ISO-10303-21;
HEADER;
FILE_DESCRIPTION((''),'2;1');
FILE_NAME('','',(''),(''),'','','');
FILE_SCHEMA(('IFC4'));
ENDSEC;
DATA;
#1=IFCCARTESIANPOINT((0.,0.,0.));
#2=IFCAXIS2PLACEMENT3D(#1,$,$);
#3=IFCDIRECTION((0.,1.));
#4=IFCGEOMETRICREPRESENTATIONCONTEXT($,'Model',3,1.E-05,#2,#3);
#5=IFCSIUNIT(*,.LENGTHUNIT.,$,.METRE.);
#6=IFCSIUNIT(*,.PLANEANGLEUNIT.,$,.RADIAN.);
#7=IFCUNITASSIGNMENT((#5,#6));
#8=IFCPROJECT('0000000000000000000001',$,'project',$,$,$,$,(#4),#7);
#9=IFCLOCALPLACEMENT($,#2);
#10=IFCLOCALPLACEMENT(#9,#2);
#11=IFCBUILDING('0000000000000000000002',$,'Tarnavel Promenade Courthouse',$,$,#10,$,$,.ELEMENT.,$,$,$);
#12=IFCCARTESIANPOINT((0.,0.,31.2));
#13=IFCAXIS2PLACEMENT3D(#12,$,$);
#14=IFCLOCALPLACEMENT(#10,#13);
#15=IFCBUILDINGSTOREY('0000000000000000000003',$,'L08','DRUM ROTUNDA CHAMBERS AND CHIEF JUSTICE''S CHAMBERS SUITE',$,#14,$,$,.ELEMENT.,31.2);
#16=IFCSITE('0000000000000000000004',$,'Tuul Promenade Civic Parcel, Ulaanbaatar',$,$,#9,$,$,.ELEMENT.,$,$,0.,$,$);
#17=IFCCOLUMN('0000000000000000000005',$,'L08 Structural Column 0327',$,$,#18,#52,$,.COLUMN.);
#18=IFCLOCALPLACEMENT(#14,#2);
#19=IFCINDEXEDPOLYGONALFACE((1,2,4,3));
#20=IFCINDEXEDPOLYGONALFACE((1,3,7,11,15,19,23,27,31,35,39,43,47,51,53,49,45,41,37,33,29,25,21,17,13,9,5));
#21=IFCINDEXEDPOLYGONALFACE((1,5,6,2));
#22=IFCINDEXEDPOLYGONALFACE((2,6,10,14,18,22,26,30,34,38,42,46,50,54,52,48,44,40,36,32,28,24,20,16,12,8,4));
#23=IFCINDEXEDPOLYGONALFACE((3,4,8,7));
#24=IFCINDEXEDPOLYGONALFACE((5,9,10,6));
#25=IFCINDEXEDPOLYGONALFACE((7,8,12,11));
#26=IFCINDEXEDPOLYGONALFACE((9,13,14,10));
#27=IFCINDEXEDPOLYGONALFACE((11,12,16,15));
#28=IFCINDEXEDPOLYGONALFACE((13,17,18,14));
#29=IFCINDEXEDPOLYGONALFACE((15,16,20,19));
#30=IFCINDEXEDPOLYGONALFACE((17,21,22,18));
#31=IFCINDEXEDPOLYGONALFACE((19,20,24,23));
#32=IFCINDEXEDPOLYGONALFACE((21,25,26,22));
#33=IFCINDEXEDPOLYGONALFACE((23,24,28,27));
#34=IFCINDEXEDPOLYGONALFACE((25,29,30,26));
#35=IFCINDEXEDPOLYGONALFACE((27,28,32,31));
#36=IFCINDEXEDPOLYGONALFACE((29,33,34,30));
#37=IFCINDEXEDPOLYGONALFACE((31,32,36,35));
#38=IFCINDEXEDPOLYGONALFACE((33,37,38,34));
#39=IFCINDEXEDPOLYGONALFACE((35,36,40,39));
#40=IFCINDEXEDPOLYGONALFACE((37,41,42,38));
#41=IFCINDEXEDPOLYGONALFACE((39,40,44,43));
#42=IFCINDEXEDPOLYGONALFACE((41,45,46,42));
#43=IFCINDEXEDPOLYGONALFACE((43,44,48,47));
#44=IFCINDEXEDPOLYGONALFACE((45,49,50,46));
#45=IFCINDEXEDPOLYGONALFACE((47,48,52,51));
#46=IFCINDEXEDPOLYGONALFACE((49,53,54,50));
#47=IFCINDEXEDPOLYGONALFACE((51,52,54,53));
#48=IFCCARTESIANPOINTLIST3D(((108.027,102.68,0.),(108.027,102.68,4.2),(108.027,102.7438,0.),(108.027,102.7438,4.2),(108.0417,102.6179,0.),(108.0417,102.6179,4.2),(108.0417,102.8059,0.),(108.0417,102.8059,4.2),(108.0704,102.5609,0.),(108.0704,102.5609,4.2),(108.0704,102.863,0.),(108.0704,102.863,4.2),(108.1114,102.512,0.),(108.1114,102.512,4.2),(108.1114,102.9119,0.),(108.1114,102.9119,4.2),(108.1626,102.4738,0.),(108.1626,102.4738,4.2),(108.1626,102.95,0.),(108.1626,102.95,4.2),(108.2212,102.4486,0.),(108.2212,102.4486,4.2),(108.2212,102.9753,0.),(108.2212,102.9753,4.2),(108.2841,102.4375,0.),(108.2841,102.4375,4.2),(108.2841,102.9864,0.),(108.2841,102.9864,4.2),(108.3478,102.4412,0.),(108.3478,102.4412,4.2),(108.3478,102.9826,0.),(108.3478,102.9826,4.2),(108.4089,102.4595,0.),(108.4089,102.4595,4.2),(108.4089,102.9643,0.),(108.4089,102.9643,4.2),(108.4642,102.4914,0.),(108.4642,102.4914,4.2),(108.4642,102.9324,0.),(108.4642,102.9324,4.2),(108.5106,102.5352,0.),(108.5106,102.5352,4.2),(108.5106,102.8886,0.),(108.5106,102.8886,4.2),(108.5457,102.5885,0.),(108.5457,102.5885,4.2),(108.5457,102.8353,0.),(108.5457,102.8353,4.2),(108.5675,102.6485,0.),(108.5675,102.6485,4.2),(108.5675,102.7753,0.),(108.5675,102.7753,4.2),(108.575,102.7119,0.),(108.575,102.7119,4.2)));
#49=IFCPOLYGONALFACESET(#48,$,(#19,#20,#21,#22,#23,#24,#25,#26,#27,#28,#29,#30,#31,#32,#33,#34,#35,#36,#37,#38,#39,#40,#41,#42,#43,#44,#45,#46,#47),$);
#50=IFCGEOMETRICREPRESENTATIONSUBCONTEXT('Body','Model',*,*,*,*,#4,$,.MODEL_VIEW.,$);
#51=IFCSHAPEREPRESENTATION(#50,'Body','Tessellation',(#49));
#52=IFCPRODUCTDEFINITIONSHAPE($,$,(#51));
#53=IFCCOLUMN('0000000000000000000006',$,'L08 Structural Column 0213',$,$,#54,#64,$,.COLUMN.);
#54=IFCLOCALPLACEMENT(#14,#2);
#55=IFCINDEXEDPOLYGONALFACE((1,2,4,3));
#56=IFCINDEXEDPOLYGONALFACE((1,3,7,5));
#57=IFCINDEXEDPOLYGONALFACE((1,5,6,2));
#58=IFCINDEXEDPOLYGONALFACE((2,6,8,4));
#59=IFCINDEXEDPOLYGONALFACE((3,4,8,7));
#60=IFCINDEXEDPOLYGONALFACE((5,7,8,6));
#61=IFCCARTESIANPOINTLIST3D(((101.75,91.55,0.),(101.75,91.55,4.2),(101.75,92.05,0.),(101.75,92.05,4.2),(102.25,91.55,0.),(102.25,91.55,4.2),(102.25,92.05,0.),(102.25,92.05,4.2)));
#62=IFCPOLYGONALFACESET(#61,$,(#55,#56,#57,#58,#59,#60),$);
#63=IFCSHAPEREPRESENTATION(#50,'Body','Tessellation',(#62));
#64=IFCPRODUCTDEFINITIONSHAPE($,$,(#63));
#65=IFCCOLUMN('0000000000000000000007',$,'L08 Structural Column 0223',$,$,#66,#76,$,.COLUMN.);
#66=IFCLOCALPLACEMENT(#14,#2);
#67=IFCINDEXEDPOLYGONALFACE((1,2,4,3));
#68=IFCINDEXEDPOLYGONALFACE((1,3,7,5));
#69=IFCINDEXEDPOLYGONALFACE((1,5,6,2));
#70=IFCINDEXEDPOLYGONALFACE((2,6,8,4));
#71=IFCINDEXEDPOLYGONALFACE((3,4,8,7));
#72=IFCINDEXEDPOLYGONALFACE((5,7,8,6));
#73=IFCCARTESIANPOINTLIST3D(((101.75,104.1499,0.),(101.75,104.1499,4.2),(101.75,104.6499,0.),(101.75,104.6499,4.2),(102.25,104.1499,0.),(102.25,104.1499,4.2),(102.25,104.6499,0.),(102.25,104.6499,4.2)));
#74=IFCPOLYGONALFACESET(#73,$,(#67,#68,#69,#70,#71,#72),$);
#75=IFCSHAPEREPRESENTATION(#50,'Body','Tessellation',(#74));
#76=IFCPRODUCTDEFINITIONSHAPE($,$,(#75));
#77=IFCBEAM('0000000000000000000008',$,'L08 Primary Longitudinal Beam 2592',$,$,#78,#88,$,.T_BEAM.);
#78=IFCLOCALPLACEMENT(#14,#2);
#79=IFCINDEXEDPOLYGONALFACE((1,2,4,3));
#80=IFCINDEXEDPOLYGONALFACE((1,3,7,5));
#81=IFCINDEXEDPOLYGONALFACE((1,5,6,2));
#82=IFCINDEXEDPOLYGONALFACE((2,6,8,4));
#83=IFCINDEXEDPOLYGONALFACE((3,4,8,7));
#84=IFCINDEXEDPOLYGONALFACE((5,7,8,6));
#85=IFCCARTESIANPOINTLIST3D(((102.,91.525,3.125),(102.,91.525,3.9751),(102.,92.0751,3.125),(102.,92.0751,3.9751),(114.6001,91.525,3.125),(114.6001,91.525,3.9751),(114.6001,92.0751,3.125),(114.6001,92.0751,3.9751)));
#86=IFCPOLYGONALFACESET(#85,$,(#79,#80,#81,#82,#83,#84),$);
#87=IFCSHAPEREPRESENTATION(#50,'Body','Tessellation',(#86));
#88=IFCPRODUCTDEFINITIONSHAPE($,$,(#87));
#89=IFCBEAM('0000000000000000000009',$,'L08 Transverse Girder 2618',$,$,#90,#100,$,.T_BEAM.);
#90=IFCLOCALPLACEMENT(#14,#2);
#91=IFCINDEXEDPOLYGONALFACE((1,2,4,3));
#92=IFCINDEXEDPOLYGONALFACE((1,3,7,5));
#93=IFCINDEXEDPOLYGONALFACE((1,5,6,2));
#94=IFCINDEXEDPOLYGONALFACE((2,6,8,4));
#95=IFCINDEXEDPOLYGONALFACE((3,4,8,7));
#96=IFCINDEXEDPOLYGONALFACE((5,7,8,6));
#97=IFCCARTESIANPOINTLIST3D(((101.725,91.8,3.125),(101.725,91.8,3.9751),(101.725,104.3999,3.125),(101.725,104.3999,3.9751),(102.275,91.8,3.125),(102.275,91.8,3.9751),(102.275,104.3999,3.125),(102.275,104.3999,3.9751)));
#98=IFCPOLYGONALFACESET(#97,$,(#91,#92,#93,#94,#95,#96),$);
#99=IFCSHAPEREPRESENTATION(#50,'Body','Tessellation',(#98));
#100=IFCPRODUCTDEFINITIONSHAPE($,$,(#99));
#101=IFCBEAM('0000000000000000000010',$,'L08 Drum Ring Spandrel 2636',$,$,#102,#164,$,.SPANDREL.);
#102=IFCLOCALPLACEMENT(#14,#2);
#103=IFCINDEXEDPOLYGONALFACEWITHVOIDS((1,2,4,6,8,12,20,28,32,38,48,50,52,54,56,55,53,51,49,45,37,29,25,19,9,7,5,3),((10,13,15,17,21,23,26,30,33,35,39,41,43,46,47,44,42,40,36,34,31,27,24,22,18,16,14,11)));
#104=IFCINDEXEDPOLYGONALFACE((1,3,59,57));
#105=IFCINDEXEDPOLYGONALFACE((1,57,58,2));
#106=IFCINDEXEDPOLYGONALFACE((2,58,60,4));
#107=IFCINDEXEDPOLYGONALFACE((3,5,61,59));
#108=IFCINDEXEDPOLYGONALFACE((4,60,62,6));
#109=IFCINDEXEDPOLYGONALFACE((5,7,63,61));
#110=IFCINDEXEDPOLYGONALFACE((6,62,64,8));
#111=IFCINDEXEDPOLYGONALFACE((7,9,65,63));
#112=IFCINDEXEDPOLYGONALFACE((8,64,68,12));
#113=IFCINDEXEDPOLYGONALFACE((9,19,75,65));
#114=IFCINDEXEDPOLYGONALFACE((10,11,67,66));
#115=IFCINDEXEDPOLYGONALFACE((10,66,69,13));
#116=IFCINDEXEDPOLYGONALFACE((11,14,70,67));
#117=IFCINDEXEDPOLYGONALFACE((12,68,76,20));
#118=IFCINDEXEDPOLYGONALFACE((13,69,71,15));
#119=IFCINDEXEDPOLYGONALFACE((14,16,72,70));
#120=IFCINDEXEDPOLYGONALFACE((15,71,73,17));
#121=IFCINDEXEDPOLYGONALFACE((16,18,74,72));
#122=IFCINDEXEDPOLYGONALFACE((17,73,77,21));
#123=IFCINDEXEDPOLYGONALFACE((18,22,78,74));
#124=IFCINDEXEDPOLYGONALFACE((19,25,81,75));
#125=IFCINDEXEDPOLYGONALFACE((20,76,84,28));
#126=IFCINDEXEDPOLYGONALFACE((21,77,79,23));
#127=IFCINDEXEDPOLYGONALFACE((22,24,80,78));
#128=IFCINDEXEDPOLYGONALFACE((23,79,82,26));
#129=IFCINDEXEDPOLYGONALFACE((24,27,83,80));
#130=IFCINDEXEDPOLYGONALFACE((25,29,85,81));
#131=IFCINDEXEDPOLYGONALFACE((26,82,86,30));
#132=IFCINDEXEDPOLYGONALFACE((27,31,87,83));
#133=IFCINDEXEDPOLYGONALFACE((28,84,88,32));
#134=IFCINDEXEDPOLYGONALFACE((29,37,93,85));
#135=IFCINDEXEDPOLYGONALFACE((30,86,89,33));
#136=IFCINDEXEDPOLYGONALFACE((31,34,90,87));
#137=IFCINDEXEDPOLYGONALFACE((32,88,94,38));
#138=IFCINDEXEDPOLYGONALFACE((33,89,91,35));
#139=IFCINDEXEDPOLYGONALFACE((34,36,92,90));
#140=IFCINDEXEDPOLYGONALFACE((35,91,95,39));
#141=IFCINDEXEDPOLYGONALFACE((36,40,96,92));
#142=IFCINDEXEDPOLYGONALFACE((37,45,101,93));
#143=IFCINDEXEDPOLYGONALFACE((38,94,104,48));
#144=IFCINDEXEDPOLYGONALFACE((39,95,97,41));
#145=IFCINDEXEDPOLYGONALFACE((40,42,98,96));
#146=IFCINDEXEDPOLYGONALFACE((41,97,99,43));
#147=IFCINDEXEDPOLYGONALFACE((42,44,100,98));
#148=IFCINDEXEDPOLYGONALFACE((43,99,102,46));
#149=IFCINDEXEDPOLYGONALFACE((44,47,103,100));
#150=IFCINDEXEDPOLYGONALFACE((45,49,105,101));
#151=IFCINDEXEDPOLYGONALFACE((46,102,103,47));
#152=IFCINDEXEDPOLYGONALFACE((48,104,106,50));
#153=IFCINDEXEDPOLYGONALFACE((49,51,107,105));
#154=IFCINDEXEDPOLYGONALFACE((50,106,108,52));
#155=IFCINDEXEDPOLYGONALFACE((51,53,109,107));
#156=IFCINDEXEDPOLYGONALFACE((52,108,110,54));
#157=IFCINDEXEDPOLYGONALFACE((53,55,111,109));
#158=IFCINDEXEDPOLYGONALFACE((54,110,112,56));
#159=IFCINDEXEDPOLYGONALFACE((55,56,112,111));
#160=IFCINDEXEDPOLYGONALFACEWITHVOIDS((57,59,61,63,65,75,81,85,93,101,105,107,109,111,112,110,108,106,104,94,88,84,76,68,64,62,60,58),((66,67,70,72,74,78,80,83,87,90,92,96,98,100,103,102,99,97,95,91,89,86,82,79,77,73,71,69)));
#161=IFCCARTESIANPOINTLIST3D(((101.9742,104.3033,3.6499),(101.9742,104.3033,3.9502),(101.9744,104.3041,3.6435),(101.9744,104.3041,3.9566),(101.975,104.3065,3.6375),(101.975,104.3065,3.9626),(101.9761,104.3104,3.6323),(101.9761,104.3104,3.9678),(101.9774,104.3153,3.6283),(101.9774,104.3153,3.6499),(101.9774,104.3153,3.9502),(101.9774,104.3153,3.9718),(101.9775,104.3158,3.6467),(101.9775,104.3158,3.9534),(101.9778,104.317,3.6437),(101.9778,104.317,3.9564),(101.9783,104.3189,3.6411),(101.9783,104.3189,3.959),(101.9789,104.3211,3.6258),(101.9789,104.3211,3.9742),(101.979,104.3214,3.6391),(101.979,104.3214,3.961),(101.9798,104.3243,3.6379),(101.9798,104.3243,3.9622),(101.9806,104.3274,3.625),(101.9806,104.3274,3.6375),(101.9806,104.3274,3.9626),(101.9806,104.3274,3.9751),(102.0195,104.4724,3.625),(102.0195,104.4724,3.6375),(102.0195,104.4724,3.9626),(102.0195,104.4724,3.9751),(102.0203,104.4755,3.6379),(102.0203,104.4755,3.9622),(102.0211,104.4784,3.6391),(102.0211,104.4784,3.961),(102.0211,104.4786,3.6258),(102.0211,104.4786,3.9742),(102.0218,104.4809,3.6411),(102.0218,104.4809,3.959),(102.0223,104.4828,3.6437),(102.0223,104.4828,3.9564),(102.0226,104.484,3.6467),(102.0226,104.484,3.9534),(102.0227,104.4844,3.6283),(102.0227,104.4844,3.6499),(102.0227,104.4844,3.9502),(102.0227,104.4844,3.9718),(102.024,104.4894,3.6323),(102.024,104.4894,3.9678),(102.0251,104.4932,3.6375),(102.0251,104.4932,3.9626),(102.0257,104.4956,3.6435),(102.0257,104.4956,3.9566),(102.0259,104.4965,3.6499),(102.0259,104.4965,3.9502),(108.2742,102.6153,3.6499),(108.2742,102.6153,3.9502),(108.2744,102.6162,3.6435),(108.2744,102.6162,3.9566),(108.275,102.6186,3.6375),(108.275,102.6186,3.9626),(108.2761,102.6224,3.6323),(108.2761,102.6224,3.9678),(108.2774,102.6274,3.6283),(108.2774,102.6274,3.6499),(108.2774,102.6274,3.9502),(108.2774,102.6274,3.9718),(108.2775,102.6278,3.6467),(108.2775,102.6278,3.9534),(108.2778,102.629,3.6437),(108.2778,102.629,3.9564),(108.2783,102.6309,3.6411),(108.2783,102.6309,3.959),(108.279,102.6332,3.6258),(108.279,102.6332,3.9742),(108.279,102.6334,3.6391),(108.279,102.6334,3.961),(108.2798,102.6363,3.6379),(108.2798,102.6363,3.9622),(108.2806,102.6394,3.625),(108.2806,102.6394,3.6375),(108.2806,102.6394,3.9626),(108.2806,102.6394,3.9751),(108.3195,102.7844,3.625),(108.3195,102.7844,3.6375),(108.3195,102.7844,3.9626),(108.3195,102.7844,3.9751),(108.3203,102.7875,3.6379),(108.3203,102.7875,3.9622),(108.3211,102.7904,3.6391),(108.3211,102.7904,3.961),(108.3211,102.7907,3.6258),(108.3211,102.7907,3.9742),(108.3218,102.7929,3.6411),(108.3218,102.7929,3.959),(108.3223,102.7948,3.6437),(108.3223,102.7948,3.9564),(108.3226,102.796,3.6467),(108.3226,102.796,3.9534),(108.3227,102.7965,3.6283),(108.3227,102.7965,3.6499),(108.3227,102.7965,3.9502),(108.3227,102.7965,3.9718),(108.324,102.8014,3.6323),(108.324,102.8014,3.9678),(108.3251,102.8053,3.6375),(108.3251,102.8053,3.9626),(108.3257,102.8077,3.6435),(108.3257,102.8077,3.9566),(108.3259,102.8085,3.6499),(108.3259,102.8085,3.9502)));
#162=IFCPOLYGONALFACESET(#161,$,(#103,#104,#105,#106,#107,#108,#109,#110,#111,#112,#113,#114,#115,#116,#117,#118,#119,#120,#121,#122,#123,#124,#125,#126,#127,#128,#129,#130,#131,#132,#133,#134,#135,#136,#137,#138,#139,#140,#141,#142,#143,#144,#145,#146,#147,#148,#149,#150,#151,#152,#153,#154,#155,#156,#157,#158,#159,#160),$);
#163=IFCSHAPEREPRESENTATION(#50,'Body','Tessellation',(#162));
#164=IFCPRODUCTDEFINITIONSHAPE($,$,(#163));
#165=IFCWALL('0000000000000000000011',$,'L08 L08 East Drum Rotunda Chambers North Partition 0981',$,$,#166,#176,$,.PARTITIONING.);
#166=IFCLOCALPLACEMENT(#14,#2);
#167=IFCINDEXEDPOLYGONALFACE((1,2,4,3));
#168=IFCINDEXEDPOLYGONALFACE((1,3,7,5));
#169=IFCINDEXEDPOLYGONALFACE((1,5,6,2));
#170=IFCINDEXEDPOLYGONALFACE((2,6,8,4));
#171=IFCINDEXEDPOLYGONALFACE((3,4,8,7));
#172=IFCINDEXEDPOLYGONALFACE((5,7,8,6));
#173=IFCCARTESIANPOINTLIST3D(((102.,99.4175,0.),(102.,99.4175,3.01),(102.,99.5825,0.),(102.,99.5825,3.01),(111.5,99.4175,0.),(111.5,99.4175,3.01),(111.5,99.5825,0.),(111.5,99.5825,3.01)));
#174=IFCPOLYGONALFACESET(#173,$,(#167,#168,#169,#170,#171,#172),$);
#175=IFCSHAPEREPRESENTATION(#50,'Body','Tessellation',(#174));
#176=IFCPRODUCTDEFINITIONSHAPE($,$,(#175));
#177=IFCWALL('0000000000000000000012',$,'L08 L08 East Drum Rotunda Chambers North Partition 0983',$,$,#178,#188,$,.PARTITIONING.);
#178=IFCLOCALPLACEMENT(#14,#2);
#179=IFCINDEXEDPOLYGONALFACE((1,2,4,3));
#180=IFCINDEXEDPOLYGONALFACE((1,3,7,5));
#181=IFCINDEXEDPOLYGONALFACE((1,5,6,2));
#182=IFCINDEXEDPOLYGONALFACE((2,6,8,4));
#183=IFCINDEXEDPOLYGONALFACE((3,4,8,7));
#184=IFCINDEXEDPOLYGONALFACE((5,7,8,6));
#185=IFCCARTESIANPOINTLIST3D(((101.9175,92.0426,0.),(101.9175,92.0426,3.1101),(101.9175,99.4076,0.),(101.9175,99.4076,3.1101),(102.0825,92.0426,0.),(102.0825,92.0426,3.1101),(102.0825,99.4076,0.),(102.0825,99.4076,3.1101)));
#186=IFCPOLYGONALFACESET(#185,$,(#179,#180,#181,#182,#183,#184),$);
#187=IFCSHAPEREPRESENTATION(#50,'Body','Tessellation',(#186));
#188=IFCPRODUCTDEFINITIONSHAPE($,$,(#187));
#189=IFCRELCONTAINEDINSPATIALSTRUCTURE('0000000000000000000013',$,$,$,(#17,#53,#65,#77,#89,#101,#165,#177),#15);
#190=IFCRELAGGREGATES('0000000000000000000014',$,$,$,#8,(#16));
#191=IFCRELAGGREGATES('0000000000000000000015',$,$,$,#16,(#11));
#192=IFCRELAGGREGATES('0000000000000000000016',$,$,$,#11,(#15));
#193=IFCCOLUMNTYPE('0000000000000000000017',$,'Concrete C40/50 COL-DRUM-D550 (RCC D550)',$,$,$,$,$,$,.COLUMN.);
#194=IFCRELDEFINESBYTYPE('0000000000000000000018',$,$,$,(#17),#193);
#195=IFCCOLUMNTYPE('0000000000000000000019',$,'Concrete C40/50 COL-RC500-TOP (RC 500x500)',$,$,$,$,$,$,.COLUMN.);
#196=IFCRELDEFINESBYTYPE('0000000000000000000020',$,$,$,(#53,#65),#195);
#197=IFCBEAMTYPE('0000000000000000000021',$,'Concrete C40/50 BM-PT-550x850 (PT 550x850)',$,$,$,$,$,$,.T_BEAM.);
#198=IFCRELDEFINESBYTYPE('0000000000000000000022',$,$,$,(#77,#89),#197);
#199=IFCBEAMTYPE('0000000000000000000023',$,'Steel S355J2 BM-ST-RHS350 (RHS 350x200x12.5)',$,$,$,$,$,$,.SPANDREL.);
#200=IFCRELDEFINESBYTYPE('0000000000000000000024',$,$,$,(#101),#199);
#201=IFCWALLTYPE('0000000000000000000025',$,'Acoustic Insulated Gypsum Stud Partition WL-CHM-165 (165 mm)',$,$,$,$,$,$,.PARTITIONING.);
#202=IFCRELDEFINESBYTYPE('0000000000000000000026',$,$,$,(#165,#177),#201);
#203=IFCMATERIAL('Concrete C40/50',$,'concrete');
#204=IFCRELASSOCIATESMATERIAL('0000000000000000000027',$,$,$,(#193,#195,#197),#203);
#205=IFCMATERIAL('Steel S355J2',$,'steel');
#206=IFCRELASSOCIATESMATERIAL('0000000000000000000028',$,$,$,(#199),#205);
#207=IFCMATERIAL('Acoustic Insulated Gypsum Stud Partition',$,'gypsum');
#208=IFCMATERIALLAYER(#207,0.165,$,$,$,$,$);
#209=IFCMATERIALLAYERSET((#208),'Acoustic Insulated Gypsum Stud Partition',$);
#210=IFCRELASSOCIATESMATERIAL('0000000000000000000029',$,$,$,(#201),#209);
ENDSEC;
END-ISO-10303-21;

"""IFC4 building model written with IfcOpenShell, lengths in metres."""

from ifc_helpers import new_model, si_unit, direction, frame, frame_2d, origin, origin_2d, place, context, subcontext, project, spatial, rectangle, hollow_rectangle, circle, extrude, material, layer, layer_set, material_profile, profile_set, type_object, element, save


model = new_model("IFC4")

# Units and contexts
model_context = context("Model", 3, precision=1e-05, world=origin(), true_north=direction((0.0, 1.0)))
body_context = subcontext(model_context, "Body", "Model", "MODEL_VIEW")
ifc_project = project(units=[si_unit("LENGTHUNIT", "METRE"), si_unit("PLANEANGLEUNIT", "RADIAN")], contexts=[model_context])

# Site, building, storey
site_placement = place(None, origin())
site = spatial("IfcSite", under=ifc_project, at=site_placement, Name="Tuul Promenade Civic Parcel, Ulaanbaatar", CompositionType="ELEMENT", RefElevation=0.0)
building_placement = place(site_placement, origin())
building = spatial("IfcBuilding", under=site, at=building_placement, Name="Tarnavel Promenade Courthouse", CompositionType="ELEMENT")
storey_placement = place(building_placement, frame((0.0, 0.0, 31.2)))
storey = spatial("IfcBuildingStorey", under=building, at=storey_placement, Name="L08", Description="DRUM ROTUNDA CHAMBERS AND CHIEF JUSTICE'S CHAMBERS SUITE", CompositionType="ELEMENT", Elevation=31.2)

# Columns
ifc_material_1 = material(Name="Concrete C40/50", Category="concrete")
ifc_material_profile_1 = material_profile(ifc_material_1, circle(Radius=0.2749, at=origin_2d()), Name="RCC D550")
ifc_profile_set_1 = profile_set([ifc_material_profile_1], Name="Concrete C40/50")
column_type_1 = type_object("IfcColumnType", Name="Concrete C40/50 COL-DRUM-D550 (RCC D550)", PredefinedType="COLUMN", material=ifc_profile_set_1)
column_placement = place(storey_placement, frame((108.3, 102.7119, 0.0), z_axis=(0.0, 0.0, 1.0), x_axis=(1.0, 0.0, 0.0)))
element("IfcColumn", 1, at=column_placement, inside=storey, type_object=column_type_1, Name="L08 Structural Column 0327", PredefinedType="COLUMN", context=body_context, shape_type="SweptSolid", body=[
    extrude(circle(Radius=0.2749, at=origin_2d()), origin(), (0.0, 0.0, 1.0), 4.2),
])
ifc_material_profile_2 = material_profile(ifc_material_1, rectangle(XDim=0.5, YDim=0.5, at=origin_2d()), Name="RC 500x500")
ifc_profile_set_2 = profile_set([ifc_material_profile_2], Name="Concrete C40/50")
column_type_2 = type_object("IfcColumnType", Name="Concrete C40/50 COL-RC500-TOP (RC 500x500)", PredefinedType="COLUMN", material=ifc_profile_set_2)
for number, where, z_axis, x_axis, name in (
    (2, (102.0, 91.8, 0.0), (0.0, 0.0, 1.0), (1.0, 0.0, 0.0), "L08 Structural Column 0213"),
    (3, (102.0, 104.3999, 0.0), (0.0, 0.0, 1.0), (1.0, 0.0, 0.0), "L08 Structural Column 0223"),
):
    element("IfcColumn", number, at=place(storey_placement, frame(where, z_axis=z_axis, x_axis=x_axis)), inside=storey, type_object=column_type_2, Name=name, PredefinedType="COLUMN", context=body_context, shape_type="SweptSolid", body=[
        extrude(rectangle(XDim=0.5, YDim=0.5, at=origin_2d()), origin(), (0.0, 0.0, 1.0), 4.2),
    ])

# Beams
ifc_material_profile_3 = material_profile(ifc_material_1, rectangle(XDim=0.55, YDim=0.8501, at=origin_2d()), Name="PT 550x850")
ifc_profile_set_3 = profile_set([ifc_material_profile_3], Name="Concrete C40/50")
beam_type_1 = type_object("IfcBeamType", Name="Concrete C40/50 BM-PT-550x850 (PT 550x850)", PredefinedType="T_BEAM", material=ifc_profile_set_3)
beam_1_placement = place(storey_placement, frame((102.0, 91.8, 3.55), z_axis=(1.0, 0.0, 0.0), x_axis=(0.0, 1.0, 0.0)))
element("IfcBeam", 4, at=beam_1_placement, inside=storey, type_object=beam_type_1, Name="L08 Primary Longitudinal Beam 2592", PredefinedType="T_BEAM", context=body_context, shape_type="SweptSolid", body=[
    extrude(rectangle(XDim=0.55, YDim=0.8501, at=origin_2d()), origin(), (0.0, 0.0, 1.0), 12.6001),
])
beam_2_placement = place(storey_placement, frame((102.0, 91.8, 3.55), z_axis=(0.0, 1.0, 0.0), x_axis=(-1.0, 0.0, 0.0)))
element("IfcBeam", 5, at=beam_2_placement, inside=storey, type_object=beam_type_1, Name="L08 Transverse Girder 2618", PredefinedType="T_BEAM", context=body_context, shape_type="SweptSolid", body=[
    extrude(rectangle(XDim=0.55, YDim=0.8501, at=origin_2d()), origin(), (0.0, 0.0, 1.0), 12.5999),
])
ifc_material_2 = material(Name="Steel S355J2", Category="steel")
ifc_material_profile_4 = material_profile(ifc_material_2, hollow_rectangle(XDim=0.2, YDim=0.3501, WallThickness=0.0125, InnerFilletRadius=0.0125, OuterFilletRadius=0.0249, at=origin_2d()), Name="RHS 350x200x12.5")
ifc_profile_set_4 = profile_set([ifc_material_profile_4], Name="Steel S355J2")
beam_type_2 = type_object("IfcBeamType", Name="Steel S355J2 BM-ST-RHS350 (RHS 350x200x12.5)", PredefinedType="SPANDREL", material=ifc_profile_set_4)
beam_3_placement = place(storey_placement, frame((108.3, 102.7119, 3.8), z_axis=(-0.96593, 0.258804, 0.0), x_axis=(-0.258804, -0.96593, 0.0)))
element("IfcBeam", 6, at=beam_3_placement, inside=storey, type_object=beam_type_2, Name="L08 Drum Ring Spandrel 2636", PredefinedType="SPANDREL", context=body_context, shape_type="SweptSolid", body=[
    extrude(hollow_rectangle(XDim=0.2, YDim=0.3501, WallThickness=0.0125, InnerFilletRadius=0.0125, OuterFilletRadius=0.0249, at=origin_2d()), origin(), (0.0, 0.0, 1.0), 6.5222),
])

# Walls
ifc_material_3 = material(Name="Acoustic Insulated Gypsum Stud Partition", Category="gypsum")
ifc_layer_1 = layer(ifc_material_3, 0.165)
ifc_layer_set_1 = layer_set([ifc_layer_1], Name="Acoustic Insulated Gypsum Stud Partition")
wall_type_1 = type_object("IfcWallType", Name="Acoustic Insulated Gypsum Stud Partition WL-CHM-165 (165 mm)", PredefinedType="PARTITIONING", material=ifc_layer_set_1)
wall_1_placement = place(storey_placement, frame((102.0, 99.5, 0.0), z_axis=(0.0, 0.0, 1.0), x_axis=(1.0, 0.0, 0.0)))
element("IfcWall", 7, at=wall_1_placement, inside=storey, type_object=wall_type_1, Name="L08 L08 East Drum Rotunda Chambers North Partition 0981", PredefinedType="PARTITIONING", context=body_context, shape_type="SweptSolid", body=[
    extrude(rectangle(XDim=9.5, YDim=0.165, at=frame_2d((4.75, 0.0))), origin(), (0.0, 0.0, 1.0), 3.01),
])
wall_2_placement = place(storey_placement, frame((102.0, 92.0425, 0.0), z_axis=(0.0, 0.0, 1.0), x_axis=(0.0, 1.0, 0.0)))
element("IfcWall", 8, at=wall_2_placement, inside=storey, type_object=wall_type_1, Name="L08 L08 East Drum Rotunda Chambers North Partition 0983", PredefinedType="PARTITIONING", context=body_context, shape_type="SweptSolid", body=[
    extrude(rectangle(XDim=7.365, YDim=0.165, at=frame_2d((3.6826, 0.0))), origin(), (0.0, 0.0, 1.0), 3.1101),
])

save(model, "model.ifc")
